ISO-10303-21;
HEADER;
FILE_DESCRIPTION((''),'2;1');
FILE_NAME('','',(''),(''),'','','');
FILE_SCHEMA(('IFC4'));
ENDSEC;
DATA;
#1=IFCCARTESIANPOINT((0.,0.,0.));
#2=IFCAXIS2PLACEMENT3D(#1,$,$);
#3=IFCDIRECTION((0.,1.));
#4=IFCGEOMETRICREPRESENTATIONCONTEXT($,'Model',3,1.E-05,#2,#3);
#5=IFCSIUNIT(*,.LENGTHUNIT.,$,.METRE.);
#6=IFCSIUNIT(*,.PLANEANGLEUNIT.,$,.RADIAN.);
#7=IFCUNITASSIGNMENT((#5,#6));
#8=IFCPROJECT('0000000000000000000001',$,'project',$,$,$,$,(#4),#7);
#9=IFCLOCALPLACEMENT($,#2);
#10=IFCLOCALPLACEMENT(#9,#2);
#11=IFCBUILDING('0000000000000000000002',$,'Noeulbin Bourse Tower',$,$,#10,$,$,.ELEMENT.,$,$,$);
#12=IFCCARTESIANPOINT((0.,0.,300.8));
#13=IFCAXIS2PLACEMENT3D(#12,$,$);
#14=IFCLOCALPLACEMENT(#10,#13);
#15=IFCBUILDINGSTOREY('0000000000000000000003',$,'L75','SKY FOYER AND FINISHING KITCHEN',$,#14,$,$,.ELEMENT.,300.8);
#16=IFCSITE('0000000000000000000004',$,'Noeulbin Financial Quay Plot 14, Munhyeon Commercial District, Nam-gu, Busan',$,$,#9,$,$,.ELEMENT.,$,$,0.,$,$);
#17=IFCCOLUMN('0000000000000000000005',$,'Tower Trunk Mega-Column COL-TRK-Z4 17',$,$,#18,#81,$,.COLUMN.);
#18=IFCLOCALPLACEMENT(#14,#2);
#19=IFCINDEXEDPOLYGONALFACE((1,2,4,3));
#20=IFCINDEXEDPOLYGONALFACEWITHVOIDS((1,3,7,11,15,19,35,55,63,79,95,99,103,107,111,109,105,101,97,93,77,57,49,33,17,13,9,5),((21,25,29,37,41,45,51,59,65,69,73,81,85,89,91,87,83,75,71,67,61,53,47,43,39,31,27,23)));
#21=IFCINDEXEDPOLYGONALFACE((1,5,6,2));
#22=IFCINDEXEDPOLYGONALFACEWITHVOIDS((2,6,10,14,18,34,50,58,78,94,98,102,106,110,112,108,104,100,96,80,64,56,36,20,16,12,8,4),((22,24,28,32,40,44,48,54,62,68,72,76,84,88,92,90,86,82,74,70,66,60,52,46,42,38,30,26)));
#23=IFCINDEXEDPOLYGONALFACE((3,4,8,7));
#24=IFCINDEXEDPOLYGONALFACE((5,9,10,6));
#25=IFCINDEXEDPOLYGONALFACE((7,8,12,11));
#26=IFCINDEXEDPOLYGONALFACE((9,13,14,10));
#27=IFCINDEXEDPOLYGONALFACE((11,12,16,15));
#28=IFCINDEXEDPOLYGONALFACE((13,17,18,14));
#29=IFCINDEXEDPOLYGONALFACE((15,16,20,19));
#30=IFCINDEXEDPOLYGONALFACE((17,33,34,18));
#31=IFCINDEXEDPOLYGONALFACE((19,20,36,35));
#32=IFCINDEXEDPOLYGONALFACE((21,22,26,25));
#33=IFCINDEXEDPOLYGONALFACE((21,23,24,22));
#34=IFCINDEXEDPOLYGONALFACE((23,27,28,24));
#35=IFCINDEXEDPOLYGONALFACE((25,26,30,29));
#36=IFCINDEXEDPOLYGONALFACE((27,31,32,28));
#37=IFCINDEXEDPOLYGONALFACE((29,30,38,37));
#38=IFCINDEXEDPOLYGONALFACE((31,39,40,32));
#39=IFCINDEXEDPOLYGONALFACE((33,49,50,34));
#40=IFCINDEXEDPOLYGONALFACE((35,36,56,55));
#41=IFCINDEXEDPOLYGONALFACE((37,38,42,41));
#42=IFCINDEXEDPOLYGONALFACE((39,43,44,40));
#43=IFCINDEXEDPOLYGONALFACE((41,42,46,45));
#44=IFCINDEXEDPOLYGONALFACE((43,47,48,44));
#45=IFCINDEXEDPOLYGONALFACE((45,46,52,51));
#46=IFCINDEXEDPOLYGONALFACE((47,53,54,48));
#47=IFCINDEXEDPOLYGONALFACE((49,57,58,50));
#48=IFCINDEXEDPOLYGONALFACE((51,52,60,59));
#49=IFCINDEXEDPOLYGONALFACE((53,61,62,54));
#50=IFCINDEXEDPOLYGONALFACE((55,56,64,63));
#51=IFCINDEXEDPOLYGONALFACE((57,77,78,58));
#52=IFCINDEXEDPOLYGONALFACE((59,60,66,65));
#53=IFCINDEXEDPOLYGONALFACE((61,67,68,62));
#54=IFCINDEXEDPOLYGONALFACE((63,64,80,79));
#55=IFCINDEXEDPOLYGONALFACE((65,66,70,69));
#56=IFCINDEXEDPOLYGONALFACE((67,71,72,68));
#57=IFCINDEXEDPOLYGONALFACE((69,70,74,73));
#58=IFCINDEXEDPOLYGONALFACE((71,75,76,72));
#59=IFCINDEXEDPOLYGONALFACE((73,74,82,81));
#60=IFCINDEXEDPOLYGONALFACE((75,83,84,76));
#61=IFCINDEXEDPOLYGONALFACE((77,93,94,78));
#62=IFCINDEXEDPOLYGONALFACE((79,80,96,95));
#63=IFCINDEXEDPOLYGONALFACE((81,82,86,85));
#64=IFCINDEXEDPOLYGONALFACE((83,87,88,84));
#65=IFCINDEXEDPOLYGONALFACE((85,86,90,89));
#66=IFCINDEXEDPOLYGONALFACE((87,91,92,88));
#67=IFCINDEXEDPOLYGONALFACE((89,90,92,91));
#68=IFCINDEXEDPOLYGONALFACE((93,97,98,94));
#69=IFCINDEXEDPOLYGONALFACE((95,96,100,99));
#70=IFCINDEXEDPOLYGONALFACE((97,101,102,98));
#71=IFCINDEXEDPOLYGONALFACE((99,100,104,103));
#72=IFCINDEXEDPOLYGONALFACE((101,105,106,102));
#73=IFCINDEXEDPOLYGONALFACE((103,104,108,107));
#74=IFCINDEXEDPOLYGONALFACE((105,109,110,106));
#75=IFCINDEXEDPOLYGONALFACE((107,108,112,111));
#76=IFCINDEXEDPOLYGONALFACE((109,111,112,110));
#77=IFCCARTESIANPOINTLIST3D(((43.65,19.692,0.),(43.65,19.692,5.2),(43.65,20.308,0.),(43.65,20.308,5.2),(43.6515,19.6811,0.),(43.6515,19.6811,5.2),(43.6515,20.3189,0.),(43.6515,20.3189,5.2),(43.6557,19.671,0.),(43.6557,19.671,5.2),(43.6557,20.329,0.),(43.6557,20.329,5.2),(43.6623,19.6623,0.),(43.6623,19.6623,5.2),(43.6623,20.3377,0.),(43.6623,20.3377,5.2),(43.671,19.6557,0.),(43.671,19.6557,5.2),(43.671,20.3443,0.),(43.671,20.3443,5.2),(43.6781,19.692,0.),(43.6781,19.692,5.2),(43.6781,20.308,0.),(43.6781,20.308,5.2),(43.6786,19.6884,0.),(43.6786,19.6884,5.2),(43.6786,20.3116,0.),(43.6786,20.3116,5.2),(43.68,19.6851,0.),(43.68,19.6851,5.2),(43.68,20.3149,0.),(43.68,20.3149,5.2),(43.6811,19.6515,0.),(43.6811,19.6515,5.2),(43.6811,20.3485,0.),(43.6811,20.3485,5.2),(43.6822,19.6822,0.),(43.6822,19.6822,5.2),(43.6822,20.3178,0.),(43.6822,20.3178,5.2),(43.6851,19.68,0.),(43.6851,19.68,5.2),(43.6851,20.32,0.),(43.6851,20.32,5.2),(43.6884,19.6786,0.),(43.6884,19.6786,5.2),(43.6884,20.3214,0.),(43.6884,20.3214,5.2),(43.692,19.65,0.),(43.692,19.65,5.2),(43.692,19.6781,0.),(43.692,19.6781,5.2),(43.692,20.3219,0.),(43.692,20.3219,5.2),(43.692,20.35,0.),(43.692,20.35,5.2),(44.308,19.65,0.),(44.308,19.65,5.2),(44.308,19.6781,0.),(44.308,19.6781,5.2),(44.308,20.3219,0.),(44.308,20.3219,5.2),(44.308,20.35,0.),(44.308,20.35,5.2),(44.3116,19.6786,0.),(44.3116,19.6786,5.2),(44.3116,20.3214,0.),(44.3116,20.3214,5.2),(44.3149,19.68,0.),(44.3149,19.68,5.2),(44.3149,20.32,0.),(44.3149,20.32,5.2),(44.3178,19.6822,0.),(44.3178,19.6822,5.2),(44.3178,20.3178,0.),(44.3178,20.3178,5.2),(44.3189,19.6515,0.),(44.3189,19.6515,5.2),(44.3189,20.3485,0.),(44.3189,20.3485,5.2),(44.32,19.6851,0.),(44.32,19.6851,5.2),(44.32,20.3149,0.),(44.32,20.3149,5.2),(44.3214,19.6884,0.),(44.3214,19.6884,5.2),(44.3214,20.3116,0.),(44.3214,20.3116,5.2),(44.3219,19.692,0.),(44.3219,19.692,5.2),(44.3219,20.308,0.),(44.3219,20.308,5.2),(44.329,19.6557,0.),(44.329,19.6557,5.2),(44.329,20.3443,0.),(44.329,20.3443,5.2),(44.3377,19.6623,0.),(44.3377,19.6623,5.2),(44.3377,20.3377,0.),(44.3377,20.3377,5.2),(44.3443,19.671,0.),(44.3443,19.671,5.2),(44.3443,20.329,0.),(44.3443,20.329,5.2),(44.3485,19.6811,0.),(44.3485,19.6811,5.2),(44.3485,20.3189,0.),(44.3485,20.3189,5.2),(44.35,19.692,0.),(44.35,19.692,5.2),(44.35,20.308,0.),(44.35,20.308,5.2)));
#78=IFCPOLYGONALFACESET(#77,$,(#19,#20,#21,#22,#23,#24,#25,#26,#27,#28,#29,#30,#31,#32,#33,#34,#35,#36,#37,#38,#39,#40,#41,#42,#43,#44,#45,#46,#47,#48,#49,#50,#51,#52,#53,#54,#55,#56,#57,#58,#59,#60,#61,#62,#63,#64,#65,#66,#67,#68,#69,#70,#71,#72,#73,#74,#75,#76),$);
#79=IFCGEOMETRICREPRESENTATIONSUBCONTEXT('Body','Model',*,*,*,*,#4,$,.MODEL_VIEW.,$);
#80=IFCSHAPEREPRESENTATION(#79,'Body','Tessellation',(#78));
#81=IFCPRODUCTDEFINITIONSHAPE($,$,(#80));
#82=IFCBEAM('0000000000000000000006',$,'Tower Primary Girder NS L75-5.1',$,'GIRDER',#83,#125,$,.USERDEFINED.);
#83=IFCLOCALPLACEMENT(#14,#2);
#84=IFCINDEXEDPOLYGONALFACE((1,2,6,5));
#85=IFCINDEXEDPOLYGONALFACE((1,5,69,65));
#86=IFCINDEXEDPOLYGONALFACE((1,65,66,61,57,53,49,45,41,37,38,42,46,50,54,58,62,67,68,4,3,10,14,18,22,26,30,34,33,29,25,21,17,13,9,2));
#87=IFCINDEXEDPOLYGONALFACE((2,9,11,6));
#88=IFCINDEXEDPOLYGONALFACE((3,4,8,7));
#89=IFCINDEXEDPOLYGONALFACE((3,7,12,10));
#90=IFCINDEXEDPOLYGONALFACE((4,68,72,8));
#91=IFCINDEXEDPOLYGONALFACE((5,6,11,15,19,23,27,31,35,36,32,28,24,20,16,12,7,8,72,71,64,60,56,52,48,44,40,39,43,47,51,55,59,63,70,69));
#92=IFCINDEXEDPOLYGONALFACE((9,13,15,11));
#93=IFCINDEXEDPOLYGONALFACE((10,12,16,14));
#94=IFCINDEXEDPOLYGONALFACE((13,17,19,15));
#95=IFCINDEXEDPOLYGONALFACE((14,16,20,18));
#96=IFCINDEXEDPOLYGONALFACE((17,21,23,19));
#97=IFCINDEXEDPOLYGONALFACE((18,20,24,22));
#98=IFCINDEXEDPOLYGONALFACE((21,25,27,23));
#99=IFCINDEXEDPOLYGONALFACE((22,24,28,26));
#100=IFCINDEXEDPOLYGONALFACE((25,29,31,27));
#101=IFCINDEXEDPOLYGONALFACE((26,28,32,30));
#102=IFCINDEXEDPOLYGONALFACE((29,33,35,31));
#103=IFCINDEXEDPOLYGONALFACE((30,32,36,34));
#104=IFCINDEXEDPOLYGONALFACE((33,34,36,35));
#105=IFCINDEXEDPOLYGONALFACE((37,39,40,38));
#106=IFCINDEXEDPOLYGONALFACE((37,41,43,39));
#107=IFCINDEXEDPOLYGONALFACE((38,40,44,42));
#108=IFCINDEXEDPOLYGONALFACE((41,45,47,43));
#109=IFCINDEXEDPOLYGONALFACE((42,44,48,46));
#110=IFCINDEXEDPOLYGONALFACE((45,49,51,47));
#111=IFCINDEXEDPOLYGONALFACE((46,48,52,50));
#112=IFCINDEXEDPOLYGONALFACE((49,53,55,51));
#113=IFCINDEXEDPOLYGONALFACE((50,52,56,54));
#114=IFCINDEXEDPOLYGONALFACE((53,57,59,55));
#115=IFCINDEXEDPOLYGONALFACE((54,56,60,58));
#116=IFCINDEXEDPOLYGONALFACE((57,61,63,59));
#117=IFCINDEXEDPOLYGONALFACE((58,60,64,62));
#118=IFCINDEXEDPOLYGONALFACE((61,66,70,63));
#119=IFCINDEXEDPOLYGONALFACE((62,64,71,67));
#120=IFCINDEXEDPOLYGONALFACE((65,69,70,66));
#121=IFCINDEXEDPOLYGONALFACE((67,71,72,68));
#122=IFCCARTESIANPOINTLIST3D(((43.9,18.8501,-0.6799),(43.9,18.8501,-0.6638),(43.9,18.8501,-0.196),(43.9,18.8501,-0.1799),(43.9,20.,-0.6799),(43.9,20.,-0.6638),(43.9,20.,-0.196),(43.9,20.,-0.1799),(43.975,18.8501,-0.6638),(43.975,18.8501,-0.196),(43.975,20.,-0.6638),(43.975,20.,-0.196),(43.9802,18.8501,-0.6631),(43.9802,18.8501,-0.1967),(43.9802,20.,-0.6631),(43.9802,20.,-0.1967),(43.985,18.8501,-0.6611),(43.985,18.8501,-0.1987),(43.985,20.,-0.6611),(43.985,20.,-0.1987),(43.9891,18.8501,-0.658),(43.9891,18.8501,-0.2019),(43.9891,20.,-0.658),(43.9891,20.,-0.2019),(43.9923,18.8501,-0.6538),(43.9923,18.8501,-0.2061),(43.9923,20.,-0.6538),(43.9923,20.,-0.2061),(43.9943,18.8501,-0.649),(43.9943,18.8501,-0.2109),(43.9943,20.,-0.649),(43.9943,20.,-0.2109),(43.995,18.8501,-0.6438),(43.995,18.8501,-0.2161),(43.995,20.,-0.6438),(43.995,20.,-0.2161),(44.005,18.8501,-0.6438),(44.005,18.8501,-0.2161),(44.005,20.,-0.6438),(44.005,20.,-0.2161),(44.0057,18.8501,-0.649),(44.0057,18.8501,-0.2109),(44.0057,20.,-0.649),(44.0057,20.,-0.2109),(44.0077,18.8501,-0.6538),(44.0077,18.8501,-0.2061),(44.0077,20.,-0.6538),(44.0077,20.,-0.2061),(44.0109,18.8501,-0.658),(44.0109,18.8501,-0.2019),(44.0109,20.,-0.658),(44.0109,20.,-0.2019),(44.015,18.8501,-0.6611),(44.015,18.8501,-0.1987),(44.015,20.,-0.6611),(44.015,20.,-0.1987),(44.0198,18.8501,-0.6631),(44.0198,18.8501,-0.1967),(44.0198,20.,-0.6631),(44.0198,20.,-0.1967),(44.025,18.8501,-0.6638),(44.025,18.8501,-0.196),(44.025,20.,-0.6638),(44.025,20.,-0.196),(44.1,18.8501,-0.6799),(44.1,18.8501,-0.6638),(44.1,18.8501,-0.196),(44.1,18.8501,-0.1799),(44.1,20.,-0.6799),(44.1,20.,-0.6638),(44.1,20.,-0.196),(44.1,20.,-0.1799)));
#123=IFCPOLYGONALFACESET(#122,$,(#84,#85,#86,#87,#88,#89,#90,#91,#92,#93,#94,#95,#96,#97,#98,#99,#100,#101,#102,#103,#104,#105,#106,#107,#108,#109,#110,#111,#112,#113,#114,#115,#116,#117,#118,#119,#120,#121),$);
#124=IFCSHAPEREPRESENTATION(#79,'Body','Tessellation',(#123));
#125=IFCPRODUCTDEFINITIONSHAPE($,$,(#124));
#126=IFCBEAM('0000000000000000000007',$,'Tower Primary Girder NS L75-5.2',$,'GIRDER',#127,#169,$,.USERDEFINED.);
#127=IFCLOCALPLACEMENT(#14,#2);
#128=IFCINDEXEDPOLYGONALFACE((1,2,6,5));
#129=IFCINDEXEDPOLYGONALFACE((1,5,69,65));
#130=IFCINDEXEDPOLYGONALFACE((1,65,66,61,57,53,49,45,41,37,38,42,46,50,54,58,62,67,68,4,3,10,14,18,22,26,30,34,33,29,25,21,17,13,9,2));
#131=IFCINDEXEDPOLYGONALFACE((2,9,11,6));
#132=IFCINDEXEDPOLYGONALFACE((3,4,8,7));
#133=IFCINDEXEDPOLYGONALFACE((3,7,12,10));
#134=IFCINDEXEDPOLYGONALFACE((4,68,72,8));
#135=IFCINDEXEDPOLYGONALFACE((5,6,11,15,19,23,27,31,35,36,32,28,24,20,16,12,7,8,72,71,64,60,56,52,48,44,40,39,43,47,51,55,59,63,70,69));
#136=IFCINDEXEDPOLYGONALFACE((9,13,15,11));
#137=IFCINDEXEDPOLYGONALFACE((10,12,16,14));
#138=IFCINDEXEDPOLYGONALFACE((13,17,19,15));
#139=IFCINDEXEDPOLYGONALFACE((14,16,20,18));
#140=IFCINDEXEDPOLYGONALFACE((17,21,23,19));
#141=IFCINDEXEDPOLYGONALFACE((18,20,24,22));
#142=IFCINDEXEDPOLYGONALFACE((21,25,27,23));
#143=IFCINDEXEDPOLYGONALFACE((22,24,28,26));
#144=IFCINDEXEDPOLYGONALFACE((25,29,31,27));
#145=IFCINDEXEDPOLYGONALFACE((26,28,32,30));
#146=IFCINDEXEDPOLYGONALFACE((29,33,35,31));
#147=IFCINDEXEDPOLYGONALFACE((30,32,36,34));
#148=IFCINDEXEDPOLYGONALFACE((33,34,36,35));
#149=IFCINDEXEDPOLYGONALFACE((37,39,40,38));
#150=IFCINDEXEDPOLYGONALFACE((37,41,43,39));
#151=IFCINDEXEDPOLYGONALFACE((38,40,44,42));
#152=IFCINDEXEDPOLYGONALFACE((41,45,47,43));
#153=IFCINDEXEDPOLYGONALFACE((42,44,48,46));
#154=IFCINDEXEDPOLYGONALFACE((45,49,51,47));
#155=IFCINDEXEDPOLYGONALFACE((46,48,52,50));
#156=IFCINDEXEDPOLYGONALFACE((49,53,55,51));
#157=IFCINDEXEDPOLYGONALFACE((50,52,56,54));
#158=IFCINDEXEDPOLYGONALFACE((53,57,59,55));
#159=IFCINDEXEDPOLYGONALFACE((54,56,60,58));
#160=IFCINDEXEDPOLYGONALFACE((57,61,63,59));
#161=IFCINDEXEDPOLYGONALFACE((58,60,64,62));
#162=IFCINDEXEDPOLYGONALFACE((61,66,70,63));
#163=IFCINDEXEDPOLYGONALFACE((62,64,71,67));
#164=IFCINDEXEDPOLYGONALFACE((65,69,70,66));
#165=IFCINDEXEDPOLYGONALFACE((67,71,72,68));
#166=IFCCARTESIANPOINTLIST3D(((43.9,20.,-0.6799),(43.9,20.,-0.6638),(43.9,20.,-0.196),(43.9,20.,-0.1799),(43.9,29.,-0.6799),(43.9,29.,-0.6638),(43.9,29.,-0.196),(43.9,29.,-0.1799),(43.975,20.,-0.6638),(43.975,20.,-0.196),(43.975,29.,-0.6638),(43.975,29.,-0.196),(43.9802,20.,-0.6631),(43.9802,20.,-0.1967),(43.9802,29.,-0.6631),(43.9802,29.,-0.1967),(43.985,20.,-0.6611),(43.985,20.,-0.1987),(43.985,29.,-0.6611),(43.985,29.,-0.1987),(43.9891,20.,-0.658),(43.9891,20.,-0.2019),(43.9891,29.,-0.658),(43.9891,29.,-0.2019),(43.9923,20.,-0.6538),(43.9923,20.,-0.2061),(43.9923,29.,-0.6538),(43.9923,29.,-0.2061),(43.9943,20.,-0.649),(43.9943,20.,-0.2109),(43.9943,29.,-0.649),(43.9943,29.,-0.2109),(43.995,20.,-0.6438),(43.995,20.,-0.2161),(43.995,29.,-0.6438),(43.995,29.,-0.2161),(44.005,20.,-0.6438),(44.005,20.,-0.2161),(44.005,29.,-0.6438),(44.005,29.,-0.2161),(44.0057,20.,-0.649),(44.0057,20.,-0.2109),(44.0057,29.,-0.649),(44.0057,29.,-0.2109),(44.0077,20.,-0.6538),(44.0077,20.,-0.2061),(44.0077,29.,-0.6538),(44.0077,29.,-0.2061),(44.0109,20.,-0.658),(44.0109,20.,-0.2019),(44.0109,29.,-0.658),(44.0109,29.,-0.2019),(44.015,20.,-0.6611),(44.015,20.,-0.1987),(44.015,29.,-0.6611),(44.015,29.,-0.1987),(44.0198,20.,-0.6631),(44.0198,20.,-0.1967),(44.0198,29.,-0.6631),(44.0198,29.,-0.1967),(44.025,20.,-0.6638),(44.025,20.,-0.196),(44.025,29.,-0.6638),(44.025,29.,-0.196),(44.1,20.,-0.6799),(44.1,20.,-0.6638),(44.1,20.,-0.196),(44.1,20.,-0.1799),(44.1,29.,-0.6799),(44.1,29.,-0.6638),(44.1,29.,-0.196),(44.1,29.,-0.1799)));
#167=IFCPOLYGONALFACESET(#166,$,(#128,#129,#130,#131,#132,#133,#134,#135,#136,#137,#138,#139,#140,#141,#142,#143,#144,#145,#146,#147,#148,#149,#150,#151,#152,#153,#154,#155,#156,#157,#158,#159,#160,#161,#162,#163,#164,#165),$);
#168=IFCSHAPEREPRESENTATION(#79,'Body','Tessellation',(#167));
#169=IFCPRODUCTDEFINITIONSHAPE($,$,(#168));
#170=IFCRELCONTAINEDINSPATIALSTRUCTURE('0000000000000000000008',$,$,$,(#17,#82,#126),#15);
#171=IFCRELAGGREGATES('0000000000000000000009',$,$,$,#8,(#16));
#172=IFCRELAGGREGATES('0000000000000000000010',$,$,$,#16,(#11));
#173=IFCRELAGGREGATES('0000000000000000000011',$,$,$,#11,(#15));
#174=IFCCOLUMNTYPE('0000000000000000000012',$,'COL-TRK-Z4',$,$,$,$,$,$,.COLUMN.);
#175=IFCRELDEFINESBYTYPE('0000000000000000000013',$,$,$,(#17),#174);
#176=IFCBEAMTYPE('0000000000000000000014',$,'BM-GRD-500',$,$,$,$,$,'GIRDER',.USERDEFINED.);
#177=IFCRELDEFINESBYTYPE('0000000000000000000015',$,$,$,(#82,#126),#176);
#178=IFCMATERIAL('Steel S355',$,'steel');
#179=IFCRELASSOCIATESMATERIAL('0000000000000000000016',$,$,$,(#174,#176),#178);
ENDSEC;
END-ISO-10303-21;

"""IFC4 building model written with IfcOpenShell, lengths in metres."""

from ifc_helpers import new_model, si_unit, direction, frame, origin, origin_2d, place, context, subcontext, project, spatial, hollow_rectangle, i_section, extrude, material, material_profile, profile_set, type_object, element, save


model = new_model("IFC4")

# Units and contexts
model_context = context("Model", 3, precision=1e-05, world=origin(), true_north=direction((0.0, 1.0)))
body_context = subcontext(model_context, "Body", "Model", "MODEL_VIEW")
ifc_project = project(units=[si_unit("LENGTHUNIT", "METRE"), si_unit("PLANEANGLEUNIT", "RADIAN")], contexts=[model_context])

# Site, building, storey
site_placement = place(None, origin())
site = spatial("IfcSite", under=ifc_project, at=site_placement, Name="Noeulbin Financial Quay Plot 14, Munhyeon Commercial District, Nam-gu, Busan", CompositionType="ELEMENT", RefElevation=0.0)
building_placement = place(site_placement, origin())
building = spatial("IfcBuilding", under=site, at=building_placement, Name="Noeulbin Bourse Tower", CompositionType="ELEMENT")
storey_placement = place(building_placement, frame((0.0, 0.0, 300.8)))
storey = spatial("IfcBuildingStorey", under=building, at=storey_placement, Name="L75", Description="SKY FOYER AND FINISHING KITCHEN", CompositionType="ELEMENT", Elevation=300.8)

# Column
ifc_material_1 = material(Name="Steel S355", Category="steel")
ifc_material_profile_1 = material_profile(ifc_material_1, hollow_rectangle(XDim=0.7, YDim=0.7, WallThickness=0.0281, InnerFilletRadius=0.0139, OuterFilletRadius=0.042, at=origin_2d()), Name="BOX-700x700x28", Category="LoadBearing")
ifc_profile_set_1 = profile_set([ifc_material_profile_1], Name="Steel S355")
column_type = type_object("IfcColumnType", Name="COL-TRK-Z4", PredefinedType="COLUMN", material=ifc_profile_set_1)
column_placement = place(storey_placement, frame((44.0, 20.0, 0.0), z_axis=(0.0, 0.0, 1.0), x_axis=(1.0, 0.0, 0.0)))
element("IfcColumn", 1, at=column_placement, inside=storey, type_object=column_type, Name="Tower Trunk Mega-Column COL-TRK-Z4 17", PredefinedType="COLUMN", context=body_context, shape_type="SweptSolid", body=[
    extrude(hollow_rectangle(XDim=0.7, YDim=0.7, WallThickness=0.0281, InnerFilletRadius=0.0139, OuterFilletRadius=0.042, at=origin_2d()), origin(), (0.0, 0.0, 1.0), 5.2),
])

# Beams
ifc_material_profile_2 = material_profile(ifc_material_1, i_section(OverallWidth=0.2, OverallDepth=0.5, WebThickness=0.01, FlangeThickness=0.0161, FilletRadius=0.02, at=origin_2d()), Name="H-500x200x10x16", Category="LoadBearing")
ifc_profile_set_2 = profile_set([ifc_material_profile_2], Name="Steel S355")
beam_type_1 = type_object("IfcBeamType", Name="BM-GRD-500", ElementType="GIRDER", PredefinedType="USERDEFINED", material=ifc_profile_set_2)
beam_1_placement = place(storey_placement, frame((44.0, 18.8501, -0.4299), z_axis=(0.0, 1.0, 0.0), x_axis=(-1.0, 0.0, 0.0)))
element("IfcBeam", 2, at=beam_1_placement, inside=storey, type_object=beam_type_1, Name="Tower Primary Girder NS L75-5.1", ObjectType="GIRDER", PredefinedType="USERDEFINED", context=body_context, shape_type="SweptSolid", body=[
    extrude(i_section(OverallWidth=0.2, OverallDepth=0.5, WebThickness=0.01, FlangeThickness=0.0161, FilletRadius=0.02, at=origin_2d()), origin(), (0.0, 0.0, 1.0), 1.1499),
])
beam_2_placement = place(storey_placement, frame((44.0, 20.0, -0.4299), z_axis=(0.0, 1.0, 0.0), x_axis=(-1.0, 0.0, 0.0)))
element("IfcBeam", 3, at=beam_2_placement, inside=storey, type_object=beam_type_1, Name="Tower Primary Girder NS L75-5.2", ObjectType="GIRDER", PredefinedType="USERDEFINED", context=body_context, shape_type="SweptSolid", body=[
    extrude(i_section(OverallWidth=0.2, OverallDepth=0.5, WebThickness=0.01, FlangeThickness=0.0161, FilletRadius=0.02, at=origin_2d()), origin(), (0.0, 0.0, 1.0), 9.0),
])

save(model, "model.ifc")
